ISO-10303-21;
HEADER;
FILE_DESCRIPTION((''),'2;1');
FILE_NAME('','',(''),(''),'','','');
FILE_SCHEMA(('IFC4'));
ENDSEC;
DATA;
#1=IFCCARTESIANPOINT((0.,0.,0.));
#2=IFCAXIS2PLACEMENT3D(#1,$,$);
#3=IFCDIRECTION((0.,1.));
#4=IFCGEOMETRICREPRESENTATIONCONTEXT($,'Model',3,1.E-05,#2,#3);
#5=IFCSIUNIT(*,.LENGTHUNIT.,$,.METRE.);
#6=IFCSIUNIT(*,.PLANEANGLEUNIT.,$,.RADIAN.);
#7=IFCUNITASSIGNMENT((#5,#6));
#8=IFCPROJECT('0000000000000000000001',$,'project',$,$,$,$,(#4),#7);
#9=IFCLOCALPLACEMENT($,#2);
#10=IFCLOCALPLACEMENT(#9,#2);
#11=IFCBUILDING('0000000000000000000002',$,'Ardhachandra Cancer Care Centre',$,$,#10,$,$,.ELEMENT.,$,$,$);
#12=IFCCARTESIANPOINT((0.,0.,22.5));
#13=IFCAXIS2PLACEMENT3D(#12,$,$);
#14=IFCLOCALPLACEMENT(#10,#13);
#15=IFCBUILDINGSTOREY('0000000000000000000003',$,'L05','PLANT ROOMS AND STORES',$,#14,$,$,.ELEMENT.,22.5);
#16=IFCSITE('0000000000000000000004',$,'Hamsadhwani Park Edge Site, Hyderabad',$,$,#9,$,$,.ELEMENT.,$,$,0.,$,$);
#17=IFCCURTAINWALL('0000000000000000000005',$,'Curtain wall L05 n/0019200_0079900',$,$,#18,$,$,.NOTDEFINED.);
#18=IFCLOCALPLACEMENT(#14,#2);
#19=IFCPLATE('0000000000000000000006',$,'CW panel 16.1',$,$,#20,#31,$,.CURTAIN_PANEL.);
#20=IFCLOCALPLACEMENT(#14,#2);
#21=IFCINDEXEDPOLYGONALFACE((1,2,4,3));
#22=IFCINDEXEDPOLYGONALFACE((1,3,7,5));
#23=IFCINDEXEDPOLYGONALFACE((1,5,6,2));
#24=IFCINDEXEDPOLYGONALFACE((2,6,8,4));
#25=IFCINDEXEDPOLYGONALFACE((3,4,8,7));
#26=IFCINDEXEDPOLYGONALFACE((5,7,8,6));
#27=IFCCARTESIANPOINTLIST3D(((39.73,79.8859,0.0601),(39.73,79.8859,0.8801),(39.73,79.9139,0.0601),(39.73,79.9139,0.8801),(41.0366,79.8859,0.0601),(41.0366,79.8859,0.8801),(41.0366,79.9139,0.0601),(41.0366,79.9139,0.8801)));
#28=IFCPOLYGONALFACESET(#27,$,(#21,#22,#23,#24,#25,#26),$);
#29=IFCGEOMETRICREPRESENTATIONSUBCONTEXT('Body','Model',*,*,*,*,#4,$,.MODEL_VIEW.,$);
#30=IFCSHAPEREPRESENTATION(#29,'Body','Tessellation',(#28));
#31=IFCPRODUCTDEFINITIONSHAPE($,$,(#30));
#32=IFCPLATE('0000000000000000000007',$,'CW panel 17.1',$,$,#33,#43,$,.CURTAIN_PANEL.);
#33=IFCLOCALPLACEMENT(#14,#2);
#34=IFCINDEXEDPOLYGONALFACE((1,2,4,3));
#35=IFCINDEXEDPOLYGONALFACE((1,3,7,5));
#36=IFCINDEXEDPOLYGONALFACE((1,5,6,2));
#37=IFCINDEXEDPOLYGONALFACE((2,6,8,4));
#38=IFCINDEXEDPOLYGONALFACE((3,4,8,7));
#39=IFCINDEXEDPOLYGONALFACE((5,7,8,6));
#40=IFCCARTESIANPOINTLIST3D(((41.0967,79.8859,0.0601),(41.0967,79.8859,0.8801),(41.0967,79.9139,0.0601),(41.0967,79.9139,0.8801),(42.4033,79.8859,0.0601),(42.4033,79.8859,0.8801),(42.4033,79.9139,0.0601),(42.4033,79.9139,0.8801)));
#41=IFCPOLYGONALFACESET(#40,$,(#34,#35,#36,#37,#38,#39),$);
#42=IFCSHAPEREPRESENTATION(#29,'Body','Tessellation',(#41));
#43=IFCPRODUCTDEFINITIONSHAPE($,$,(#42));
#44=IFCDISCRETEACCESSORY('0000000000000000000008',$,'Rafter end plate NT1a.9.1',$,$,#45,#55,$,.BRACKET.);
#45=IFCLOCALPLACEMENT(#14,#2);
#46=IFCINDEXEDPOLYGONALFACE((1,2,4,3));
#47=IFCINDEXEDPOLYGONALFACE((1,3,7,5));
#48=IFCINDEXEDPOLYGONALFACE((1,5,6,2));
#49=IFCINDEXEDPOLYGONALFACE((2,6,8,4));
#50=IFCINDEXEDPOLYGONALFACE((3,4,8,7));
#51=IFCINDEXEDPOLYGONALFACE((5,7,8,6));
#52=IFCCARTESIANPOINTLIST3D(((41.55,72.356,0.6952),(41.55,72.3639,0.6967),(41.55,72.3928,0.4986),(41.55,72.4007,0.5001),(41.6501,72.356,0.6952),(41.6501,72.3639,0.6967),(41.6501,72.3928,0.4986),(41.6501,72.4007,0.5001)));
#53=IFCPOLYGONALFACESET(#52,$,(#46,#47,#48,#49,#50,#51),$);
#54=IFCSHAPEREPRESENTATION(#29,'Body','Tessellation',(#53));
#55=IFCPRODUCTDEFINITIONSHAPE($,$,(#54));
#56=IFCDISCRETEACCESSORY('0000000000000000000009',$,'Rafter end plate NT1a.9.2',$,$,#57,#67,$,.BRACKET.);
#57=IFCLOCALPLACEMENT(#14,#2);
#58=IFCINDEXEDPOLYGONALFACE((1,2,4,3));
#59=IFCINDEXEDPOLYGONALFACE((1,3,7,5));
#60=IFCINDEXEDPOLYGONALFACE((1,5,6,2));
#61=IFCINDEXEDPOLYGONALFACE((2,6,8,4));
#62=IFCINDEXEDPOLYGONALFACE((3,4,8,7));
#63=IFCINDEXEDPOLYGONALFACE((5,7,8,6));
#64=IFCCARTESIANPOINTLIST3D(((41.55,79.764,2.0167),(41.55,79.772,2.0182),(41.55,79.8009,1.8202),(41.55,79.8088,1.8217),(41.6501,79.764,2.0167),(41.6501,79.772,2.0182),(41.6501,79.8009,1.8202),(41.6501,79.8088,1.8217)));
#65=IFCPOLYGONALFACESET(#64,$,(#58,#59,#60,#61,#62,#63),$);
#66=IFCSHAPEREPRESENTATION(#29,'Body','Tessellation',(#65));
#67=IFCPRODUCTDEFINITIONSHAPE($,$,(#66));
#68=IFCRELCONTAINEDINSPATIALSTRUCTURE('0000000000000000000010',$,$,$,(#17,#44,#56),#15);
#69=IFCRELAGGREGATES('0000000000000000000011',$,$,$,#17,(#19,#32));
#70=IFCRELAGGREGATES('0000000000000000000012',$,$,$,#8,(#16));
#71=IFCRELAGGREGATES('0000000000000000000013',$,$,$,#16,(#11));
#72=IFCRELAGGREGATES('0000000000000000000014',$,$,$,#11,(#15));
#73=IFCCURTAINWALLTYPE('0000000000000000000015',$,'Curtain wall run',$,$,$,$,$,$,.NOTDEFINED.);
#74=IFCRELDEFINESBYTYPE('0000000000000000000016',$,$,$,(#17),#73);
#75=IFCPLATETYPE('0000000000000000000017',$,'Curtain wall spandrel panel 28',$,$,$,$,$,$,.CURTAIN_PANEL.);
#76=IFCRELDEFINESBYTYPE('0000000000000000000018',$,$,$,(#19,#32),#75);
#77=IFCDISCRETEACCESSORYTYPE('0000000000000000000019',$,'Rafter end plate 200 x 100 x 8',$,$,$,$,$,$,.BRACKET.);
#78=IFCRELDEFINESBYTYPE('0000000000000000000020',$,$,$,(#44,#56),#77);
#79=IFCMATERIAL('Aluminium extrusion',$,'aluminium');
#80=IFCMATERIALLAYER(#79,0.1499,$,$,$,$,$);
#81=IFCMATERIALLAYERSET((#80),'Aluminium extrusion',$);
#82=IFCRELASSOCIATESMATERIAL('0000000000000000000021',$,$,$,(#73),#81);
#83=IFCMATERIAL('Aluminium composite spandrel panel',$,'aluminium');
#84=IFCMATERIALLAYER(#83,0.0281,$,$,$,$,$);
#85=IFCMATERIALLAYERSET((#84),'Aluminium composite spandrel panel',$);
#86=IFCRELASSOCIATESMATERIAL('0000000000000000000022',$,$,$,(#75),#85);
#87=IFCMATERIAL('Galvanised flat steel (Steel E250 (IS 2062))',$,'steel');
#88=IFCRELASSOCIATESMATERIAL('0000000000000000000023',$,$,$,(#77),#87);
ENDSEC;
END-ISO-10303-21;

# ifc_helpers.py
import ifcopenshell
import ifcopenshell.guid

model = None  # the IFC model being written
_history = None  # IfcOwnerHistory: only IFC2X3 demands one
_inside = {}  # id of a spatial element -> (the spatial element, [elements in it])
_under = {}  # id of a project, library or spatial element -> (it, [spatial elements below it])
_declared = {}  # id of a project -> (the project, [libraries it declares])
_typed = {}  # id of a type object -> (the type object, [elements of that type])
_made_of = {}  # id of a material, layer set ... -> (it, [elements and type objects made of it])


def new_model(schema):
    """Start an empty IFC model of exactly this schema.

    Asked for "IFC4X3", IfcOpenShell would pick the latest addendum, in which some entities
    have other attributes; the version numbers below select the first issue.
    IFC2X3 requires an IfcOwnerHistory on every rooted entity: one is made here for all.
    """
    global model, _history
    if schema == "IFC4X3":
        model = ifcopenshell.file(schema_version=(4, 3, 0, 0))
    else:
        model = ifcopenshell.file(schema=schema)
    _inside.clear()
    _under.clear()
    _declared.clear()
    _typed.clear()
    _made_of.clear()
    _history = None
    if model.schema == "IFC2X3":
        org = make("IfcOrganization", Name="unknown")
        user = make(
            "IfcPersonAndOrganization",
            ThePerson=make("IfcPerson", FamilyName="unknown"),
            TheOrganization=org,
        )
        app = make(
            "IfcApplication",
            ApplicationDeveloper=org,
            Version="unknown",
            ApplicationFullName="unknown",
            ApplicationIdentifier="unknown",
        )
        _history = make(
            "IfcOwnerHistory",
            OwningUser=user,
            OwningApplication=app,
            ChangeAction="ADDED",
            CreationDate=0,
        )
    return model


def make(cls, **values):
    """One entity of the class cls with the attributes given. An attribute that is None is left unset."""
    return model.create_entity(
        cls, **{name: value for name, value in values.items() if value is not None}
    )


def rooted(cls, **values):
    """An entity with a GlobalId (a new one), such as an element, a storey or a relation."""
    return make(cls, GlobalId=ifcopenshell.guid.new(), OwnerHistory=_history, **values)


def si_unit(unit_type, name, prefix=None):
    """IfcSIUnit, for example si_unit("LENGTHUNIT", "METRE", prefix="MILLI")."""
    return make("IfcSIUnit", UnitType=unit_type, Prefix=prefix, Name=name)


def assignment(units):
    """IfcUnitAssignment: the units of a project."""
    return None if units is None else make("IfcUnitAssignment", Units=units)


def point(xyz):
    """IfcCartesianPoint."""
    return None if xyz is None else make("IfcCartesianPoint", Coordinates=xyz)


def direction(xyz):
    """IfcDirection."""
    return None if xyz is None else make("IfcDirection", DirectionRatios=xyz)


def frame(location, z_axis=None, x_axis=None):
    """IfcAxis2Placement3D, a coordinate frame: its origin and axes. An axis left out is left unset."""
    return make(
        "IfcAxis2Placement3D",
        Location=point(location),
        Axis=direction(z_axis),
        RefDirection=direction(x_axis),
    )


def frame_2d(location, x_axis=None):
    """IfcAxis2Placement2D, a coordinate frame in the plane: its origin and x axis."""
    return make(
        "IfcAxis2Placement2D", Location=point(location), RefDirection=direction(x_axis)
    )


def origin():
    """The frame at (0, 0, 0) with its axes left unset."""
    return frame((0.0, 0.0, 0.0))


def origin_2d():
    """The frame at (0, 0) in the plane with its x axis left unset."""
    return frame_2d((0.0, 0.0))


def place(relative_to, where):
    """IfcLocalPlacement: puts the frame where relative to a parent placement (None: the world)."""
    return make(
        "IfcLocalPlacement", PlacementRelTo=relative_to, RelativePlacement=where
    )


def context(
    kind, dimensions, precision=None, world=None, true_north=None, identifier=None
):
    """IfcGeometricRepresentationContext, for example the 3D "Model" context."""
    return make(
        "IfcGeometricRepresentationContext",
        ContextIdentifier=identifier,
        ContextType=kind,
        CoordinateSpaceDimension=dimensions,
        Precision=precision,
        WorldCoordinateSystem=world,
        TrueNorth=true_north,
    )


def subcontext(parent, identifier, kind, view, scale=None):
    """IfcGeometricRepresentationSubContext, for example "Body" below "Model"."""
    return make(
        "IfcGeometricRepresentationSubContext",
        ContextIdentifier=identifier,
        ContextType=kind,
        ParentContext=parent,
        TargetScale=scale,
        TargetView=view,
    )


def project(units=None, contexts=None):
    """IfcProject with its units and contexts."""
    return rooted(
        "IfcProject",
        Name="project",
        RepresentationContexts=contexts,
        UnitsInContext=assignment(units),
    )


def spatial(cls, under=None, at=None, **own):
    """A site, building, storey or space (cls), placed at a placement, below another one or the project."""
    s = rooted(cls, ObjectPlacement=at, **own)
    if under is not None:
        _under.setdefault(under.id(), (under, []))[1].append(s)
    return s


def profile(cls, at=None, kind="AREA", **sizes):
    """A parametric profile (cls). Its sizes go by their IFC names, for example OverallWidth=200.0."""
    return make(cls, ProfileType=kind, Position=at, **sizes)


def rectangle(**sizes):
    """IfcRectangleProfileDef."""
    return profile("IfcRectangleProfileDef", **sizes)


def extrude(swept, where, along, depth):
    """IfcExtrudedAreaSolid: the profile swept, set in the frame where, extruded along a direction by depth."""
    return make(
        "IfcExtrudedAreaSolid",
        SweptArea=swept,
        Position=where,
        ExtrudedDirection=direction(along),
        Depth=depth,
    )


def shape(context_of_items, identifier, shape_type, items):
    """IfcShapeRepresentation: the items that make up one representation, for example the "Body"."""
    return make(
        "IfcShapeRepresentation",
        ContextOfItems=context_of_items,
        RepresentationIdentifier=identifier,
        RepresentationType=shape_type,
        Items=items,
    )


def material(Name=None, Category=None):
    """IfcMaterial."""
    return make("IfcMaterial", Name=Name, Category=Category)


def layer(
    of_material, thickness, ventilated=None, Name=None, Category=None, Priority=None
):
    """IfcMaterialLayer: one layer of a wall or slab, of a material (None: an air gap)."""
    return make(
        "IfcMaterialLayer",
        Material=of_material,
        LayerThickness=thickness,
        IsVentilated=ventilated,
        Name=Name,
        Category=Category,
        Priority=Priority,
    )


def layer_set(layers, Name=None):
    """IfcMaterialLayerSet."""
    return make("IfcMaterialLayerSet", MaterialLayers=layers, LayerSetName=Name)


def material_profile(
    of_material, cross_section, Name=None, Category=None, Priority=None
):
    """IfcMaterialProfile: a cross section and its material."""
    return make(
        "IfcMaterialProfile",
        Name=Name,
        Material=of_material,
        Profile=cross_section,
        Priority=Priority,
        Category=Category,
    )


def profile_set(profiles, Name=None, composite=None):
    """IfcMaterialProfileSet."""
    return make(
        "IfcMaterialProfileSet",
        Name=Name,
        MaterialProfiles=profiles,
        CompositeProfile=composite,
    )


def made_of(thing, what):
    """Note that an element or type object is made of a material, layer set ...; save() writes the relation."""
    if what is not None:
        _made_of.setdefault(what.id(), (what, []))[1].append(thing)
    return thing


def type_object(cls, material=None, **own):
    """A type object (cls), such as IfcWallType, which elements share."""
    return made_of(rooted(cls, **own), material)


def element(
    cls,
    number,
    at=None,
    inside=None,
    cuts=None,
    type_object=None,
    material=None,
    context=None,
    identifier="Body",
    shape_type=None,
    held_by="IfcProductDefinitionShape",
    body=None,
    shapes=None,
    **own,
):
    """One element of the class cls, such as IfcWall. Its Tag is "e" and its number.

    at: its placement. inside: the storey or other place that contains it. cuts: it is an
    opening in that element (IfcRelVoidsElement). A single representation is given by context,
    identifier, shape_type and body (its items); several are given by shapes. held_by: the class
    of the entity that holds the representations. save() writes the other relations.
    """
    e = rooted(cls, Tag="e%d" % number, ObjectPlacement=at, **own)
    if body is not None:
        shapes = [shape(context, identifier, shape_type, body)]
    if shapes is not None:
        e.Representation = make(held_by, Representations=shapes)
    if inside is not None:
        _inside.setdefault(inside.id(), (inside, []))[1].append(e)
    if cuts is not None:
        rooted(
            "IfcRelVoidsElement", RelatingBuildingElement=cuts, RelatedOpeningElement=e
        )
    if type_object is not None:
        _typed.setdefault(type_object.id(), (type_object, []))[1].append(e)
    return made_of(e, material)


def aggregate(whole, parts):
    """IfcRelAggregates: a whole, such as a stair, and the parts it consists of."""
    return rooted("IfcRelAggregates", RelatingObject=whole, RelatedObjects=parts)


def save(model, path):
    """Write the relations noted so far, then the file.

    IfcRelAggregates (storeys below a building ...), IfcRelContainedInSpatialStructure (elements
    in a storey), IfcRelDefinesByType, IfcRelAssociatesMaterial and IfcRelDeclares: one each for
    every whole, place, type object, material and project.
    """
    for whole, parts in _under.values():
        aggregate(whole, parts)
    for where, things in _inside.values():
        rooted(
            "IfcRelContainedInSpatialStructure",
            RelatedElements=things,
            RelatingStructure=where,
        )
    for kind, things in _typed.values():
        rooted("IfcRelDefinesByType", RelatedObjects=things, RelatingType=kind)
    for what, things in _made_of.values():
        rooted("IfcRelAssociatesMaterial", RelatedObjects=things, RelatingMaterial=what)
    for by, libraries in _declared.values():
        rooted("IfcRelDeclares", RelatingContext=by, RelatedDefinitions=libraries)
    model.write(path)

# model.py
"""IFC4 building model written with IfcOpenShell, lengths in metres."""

from ifc_helpers import new_model, si_unit, direction, frame, origin, origin_2d, place, context, subcontext, project, spatial, rectangle, extrude, material, layer, layer_set, material_profile, profile_set, type_object, element, aggregate, save


model = new_model("IFC4")

# Units and contexts
model_context = context("Model", 3, precision=1e-05, world=origin(), true_north=direction((0.0, 1.0)))
body_context = subcontext(model_context, "Body", "Model", "MODEL_VIEW")
ifc_project = project(units=[si_unit("LENGTHUNIT", "METRE"), si_unit("PLANEANGLEUNIT", "RADIAN")], contexts=[model_context])

# Site, building, storey
site_placement = place(None, origin())
site = spatial("IfcSite", under=ifc_project, at=site_placement, Name="Hamsadhwani Park Edge Site, Hyderabad", CompositionType="ELEMENT", RefElevation=0.0)
building_placement = place(site_placement, origin())
building = spatial("IfcBuilding", under=site, at=building_placement, Name="Ardhachandra Cancer Care Centre", CompositionType="ELEMENT")
storey_placement = place(building_placement, frame((0.0, 0.0, 22.5)))
storey = spatial("IfcBuildingStorey", under=building, at=storey_placement, Name="L05", Description="PLANT ROOMS AND STORES", CompositionType="ELEMENT", Elevation=22.5)

# Curtain wall
ifc_material_1 = material(Name="Aluminium extrusion", Category="aluminium")
ifc_layer_1 = layer(ifc_material_1, 0.1499)
ifc_layer_set_1 = layer_set([ifc_layer_1], Name="Aluminium extrusion")
curtain_wall_type = type_object("IfcCurtainWallType", Name="Curtain wall run", PredefinedType="NOTDEFINED", material=ifc_layer_set_1)
curtain_wall_placement = place(storey_placement, origin())
curtain_wall = element("IfcCurtainWall", 1, at=curtain_wall_placement, inside=storey, type_object=curtain_wall_type, Name="Curtain wall L05 n/0019200_0079900", PredefinedType="NOTDEFINED")

# Plates
ifc_material_2 = material(Name="Aluminium composite spandrel panel", Category="aluminium")
ifc_layer_2 = layer(ifc_material_2, 0.0281)
ifc_layer_set_2 = layer_set([ifc_layer_2], Name="Aluminium composite spandrel panel")
plate_type_1 = type_object("IfcPlateType", Name="Curtain wall spandrel panel 28", PredefinedType="CURTAIN_PANEL", material=ifc_layer_set_2)
plate_1_placement = place(storey_placement, frame((40.3833, 79.8999, 0.0601), z_axis=(0.0, 0.0, 1.0), x_axis=(1.0, 0.0, 0.0)))
plate_1 = element("IfcPlate", 2, at=plate_1_placement, type_object=plate_type_1, Name="CW panel 16.1", PredefinedType="CURTAIN_PANEL", context=body_context, shape_type="SweptSolid", body=[
    extrude(rectangle(XDim=1.3066, YDim=0.0281, at=origin_2d()), origin(), (0.0, 0.0, 1.0), 0.8201),
])
plate_2_placement = place(storey_placement, frame((41.75, 79.8999, 0.0601), z_axis=(0.0, 0.0, 1.0), x_axis=(1.0, 0.0, 0.0)))
plate_2 = element("IfcPlate", 3, at=plate_2_placement, type_object=plate_type_1, Name="CW panel 17.1", PredefinedType="CURTAIN_PANEL", context=body_context, shape_type="SweptSolid", body=[
    extrude(rectangle(XDim=1.3066, YDim=0.0281, at=origin_2d()), origin(), (0.0, 0.0, 1.0), 0.8201),
])
aggregate(curtain_wall, [plate_1, plate_2])

# Discrete accessories
ifc_material_3 = material(Name="Galvanised flat steel (Steel E250 (IS 2062))", Category="steel")
ifc_material_profile_1 = material_profile(ifc_material_3, rectangle(XDim=0.1001, YDim=0.2, at=origin_2d()), Name="Rafter end plate 200 x 100 x 8")
ifc_profile_set_1 = profile_set([ifc_material_profile_1], Name="Galvanised flat steel (Steel E250 (IS 2062))")
discrete_accessory_type = type_object("IfcDiscreteAccessoryType", Name="Rafter end plate 200 x 100 x 8", PredefinedType="BRACKET", material=ifc_profile_set_1)
for number, where, z_axis, x_axis, name in (
    (4, (41.6001, 72.3823, 0.5984), (0.0, -0.982872, -0.184289), (1.0, 0.0, 0.0), "Rafter end plate NT1a.9.1"),
    (5, (41.6001, 79.7825, 1.9185), (0.0, 0.982872, 0.184289), (-1.0, 0.0, 0.0), "Rafter end plate NT1a.9.2"),
):
    element("IfcDiscreteAccessory", number, at=place(storey_placement, frame(where, z_axis=z_axis, x_axis=x_axis)), inside=storey, type_object=discrete_accessory_type, Name=name, PredefinedType="BRACKET", context=body_context, shape_type="SweptSolid", body=[
        extrude(rectangle(XDim=0.1001, YDim=0.2, at=origin_2d()), origin(), (0.0, 0.0, 1.0), 0.0081),
    ])

save(model, "model.ifc")
